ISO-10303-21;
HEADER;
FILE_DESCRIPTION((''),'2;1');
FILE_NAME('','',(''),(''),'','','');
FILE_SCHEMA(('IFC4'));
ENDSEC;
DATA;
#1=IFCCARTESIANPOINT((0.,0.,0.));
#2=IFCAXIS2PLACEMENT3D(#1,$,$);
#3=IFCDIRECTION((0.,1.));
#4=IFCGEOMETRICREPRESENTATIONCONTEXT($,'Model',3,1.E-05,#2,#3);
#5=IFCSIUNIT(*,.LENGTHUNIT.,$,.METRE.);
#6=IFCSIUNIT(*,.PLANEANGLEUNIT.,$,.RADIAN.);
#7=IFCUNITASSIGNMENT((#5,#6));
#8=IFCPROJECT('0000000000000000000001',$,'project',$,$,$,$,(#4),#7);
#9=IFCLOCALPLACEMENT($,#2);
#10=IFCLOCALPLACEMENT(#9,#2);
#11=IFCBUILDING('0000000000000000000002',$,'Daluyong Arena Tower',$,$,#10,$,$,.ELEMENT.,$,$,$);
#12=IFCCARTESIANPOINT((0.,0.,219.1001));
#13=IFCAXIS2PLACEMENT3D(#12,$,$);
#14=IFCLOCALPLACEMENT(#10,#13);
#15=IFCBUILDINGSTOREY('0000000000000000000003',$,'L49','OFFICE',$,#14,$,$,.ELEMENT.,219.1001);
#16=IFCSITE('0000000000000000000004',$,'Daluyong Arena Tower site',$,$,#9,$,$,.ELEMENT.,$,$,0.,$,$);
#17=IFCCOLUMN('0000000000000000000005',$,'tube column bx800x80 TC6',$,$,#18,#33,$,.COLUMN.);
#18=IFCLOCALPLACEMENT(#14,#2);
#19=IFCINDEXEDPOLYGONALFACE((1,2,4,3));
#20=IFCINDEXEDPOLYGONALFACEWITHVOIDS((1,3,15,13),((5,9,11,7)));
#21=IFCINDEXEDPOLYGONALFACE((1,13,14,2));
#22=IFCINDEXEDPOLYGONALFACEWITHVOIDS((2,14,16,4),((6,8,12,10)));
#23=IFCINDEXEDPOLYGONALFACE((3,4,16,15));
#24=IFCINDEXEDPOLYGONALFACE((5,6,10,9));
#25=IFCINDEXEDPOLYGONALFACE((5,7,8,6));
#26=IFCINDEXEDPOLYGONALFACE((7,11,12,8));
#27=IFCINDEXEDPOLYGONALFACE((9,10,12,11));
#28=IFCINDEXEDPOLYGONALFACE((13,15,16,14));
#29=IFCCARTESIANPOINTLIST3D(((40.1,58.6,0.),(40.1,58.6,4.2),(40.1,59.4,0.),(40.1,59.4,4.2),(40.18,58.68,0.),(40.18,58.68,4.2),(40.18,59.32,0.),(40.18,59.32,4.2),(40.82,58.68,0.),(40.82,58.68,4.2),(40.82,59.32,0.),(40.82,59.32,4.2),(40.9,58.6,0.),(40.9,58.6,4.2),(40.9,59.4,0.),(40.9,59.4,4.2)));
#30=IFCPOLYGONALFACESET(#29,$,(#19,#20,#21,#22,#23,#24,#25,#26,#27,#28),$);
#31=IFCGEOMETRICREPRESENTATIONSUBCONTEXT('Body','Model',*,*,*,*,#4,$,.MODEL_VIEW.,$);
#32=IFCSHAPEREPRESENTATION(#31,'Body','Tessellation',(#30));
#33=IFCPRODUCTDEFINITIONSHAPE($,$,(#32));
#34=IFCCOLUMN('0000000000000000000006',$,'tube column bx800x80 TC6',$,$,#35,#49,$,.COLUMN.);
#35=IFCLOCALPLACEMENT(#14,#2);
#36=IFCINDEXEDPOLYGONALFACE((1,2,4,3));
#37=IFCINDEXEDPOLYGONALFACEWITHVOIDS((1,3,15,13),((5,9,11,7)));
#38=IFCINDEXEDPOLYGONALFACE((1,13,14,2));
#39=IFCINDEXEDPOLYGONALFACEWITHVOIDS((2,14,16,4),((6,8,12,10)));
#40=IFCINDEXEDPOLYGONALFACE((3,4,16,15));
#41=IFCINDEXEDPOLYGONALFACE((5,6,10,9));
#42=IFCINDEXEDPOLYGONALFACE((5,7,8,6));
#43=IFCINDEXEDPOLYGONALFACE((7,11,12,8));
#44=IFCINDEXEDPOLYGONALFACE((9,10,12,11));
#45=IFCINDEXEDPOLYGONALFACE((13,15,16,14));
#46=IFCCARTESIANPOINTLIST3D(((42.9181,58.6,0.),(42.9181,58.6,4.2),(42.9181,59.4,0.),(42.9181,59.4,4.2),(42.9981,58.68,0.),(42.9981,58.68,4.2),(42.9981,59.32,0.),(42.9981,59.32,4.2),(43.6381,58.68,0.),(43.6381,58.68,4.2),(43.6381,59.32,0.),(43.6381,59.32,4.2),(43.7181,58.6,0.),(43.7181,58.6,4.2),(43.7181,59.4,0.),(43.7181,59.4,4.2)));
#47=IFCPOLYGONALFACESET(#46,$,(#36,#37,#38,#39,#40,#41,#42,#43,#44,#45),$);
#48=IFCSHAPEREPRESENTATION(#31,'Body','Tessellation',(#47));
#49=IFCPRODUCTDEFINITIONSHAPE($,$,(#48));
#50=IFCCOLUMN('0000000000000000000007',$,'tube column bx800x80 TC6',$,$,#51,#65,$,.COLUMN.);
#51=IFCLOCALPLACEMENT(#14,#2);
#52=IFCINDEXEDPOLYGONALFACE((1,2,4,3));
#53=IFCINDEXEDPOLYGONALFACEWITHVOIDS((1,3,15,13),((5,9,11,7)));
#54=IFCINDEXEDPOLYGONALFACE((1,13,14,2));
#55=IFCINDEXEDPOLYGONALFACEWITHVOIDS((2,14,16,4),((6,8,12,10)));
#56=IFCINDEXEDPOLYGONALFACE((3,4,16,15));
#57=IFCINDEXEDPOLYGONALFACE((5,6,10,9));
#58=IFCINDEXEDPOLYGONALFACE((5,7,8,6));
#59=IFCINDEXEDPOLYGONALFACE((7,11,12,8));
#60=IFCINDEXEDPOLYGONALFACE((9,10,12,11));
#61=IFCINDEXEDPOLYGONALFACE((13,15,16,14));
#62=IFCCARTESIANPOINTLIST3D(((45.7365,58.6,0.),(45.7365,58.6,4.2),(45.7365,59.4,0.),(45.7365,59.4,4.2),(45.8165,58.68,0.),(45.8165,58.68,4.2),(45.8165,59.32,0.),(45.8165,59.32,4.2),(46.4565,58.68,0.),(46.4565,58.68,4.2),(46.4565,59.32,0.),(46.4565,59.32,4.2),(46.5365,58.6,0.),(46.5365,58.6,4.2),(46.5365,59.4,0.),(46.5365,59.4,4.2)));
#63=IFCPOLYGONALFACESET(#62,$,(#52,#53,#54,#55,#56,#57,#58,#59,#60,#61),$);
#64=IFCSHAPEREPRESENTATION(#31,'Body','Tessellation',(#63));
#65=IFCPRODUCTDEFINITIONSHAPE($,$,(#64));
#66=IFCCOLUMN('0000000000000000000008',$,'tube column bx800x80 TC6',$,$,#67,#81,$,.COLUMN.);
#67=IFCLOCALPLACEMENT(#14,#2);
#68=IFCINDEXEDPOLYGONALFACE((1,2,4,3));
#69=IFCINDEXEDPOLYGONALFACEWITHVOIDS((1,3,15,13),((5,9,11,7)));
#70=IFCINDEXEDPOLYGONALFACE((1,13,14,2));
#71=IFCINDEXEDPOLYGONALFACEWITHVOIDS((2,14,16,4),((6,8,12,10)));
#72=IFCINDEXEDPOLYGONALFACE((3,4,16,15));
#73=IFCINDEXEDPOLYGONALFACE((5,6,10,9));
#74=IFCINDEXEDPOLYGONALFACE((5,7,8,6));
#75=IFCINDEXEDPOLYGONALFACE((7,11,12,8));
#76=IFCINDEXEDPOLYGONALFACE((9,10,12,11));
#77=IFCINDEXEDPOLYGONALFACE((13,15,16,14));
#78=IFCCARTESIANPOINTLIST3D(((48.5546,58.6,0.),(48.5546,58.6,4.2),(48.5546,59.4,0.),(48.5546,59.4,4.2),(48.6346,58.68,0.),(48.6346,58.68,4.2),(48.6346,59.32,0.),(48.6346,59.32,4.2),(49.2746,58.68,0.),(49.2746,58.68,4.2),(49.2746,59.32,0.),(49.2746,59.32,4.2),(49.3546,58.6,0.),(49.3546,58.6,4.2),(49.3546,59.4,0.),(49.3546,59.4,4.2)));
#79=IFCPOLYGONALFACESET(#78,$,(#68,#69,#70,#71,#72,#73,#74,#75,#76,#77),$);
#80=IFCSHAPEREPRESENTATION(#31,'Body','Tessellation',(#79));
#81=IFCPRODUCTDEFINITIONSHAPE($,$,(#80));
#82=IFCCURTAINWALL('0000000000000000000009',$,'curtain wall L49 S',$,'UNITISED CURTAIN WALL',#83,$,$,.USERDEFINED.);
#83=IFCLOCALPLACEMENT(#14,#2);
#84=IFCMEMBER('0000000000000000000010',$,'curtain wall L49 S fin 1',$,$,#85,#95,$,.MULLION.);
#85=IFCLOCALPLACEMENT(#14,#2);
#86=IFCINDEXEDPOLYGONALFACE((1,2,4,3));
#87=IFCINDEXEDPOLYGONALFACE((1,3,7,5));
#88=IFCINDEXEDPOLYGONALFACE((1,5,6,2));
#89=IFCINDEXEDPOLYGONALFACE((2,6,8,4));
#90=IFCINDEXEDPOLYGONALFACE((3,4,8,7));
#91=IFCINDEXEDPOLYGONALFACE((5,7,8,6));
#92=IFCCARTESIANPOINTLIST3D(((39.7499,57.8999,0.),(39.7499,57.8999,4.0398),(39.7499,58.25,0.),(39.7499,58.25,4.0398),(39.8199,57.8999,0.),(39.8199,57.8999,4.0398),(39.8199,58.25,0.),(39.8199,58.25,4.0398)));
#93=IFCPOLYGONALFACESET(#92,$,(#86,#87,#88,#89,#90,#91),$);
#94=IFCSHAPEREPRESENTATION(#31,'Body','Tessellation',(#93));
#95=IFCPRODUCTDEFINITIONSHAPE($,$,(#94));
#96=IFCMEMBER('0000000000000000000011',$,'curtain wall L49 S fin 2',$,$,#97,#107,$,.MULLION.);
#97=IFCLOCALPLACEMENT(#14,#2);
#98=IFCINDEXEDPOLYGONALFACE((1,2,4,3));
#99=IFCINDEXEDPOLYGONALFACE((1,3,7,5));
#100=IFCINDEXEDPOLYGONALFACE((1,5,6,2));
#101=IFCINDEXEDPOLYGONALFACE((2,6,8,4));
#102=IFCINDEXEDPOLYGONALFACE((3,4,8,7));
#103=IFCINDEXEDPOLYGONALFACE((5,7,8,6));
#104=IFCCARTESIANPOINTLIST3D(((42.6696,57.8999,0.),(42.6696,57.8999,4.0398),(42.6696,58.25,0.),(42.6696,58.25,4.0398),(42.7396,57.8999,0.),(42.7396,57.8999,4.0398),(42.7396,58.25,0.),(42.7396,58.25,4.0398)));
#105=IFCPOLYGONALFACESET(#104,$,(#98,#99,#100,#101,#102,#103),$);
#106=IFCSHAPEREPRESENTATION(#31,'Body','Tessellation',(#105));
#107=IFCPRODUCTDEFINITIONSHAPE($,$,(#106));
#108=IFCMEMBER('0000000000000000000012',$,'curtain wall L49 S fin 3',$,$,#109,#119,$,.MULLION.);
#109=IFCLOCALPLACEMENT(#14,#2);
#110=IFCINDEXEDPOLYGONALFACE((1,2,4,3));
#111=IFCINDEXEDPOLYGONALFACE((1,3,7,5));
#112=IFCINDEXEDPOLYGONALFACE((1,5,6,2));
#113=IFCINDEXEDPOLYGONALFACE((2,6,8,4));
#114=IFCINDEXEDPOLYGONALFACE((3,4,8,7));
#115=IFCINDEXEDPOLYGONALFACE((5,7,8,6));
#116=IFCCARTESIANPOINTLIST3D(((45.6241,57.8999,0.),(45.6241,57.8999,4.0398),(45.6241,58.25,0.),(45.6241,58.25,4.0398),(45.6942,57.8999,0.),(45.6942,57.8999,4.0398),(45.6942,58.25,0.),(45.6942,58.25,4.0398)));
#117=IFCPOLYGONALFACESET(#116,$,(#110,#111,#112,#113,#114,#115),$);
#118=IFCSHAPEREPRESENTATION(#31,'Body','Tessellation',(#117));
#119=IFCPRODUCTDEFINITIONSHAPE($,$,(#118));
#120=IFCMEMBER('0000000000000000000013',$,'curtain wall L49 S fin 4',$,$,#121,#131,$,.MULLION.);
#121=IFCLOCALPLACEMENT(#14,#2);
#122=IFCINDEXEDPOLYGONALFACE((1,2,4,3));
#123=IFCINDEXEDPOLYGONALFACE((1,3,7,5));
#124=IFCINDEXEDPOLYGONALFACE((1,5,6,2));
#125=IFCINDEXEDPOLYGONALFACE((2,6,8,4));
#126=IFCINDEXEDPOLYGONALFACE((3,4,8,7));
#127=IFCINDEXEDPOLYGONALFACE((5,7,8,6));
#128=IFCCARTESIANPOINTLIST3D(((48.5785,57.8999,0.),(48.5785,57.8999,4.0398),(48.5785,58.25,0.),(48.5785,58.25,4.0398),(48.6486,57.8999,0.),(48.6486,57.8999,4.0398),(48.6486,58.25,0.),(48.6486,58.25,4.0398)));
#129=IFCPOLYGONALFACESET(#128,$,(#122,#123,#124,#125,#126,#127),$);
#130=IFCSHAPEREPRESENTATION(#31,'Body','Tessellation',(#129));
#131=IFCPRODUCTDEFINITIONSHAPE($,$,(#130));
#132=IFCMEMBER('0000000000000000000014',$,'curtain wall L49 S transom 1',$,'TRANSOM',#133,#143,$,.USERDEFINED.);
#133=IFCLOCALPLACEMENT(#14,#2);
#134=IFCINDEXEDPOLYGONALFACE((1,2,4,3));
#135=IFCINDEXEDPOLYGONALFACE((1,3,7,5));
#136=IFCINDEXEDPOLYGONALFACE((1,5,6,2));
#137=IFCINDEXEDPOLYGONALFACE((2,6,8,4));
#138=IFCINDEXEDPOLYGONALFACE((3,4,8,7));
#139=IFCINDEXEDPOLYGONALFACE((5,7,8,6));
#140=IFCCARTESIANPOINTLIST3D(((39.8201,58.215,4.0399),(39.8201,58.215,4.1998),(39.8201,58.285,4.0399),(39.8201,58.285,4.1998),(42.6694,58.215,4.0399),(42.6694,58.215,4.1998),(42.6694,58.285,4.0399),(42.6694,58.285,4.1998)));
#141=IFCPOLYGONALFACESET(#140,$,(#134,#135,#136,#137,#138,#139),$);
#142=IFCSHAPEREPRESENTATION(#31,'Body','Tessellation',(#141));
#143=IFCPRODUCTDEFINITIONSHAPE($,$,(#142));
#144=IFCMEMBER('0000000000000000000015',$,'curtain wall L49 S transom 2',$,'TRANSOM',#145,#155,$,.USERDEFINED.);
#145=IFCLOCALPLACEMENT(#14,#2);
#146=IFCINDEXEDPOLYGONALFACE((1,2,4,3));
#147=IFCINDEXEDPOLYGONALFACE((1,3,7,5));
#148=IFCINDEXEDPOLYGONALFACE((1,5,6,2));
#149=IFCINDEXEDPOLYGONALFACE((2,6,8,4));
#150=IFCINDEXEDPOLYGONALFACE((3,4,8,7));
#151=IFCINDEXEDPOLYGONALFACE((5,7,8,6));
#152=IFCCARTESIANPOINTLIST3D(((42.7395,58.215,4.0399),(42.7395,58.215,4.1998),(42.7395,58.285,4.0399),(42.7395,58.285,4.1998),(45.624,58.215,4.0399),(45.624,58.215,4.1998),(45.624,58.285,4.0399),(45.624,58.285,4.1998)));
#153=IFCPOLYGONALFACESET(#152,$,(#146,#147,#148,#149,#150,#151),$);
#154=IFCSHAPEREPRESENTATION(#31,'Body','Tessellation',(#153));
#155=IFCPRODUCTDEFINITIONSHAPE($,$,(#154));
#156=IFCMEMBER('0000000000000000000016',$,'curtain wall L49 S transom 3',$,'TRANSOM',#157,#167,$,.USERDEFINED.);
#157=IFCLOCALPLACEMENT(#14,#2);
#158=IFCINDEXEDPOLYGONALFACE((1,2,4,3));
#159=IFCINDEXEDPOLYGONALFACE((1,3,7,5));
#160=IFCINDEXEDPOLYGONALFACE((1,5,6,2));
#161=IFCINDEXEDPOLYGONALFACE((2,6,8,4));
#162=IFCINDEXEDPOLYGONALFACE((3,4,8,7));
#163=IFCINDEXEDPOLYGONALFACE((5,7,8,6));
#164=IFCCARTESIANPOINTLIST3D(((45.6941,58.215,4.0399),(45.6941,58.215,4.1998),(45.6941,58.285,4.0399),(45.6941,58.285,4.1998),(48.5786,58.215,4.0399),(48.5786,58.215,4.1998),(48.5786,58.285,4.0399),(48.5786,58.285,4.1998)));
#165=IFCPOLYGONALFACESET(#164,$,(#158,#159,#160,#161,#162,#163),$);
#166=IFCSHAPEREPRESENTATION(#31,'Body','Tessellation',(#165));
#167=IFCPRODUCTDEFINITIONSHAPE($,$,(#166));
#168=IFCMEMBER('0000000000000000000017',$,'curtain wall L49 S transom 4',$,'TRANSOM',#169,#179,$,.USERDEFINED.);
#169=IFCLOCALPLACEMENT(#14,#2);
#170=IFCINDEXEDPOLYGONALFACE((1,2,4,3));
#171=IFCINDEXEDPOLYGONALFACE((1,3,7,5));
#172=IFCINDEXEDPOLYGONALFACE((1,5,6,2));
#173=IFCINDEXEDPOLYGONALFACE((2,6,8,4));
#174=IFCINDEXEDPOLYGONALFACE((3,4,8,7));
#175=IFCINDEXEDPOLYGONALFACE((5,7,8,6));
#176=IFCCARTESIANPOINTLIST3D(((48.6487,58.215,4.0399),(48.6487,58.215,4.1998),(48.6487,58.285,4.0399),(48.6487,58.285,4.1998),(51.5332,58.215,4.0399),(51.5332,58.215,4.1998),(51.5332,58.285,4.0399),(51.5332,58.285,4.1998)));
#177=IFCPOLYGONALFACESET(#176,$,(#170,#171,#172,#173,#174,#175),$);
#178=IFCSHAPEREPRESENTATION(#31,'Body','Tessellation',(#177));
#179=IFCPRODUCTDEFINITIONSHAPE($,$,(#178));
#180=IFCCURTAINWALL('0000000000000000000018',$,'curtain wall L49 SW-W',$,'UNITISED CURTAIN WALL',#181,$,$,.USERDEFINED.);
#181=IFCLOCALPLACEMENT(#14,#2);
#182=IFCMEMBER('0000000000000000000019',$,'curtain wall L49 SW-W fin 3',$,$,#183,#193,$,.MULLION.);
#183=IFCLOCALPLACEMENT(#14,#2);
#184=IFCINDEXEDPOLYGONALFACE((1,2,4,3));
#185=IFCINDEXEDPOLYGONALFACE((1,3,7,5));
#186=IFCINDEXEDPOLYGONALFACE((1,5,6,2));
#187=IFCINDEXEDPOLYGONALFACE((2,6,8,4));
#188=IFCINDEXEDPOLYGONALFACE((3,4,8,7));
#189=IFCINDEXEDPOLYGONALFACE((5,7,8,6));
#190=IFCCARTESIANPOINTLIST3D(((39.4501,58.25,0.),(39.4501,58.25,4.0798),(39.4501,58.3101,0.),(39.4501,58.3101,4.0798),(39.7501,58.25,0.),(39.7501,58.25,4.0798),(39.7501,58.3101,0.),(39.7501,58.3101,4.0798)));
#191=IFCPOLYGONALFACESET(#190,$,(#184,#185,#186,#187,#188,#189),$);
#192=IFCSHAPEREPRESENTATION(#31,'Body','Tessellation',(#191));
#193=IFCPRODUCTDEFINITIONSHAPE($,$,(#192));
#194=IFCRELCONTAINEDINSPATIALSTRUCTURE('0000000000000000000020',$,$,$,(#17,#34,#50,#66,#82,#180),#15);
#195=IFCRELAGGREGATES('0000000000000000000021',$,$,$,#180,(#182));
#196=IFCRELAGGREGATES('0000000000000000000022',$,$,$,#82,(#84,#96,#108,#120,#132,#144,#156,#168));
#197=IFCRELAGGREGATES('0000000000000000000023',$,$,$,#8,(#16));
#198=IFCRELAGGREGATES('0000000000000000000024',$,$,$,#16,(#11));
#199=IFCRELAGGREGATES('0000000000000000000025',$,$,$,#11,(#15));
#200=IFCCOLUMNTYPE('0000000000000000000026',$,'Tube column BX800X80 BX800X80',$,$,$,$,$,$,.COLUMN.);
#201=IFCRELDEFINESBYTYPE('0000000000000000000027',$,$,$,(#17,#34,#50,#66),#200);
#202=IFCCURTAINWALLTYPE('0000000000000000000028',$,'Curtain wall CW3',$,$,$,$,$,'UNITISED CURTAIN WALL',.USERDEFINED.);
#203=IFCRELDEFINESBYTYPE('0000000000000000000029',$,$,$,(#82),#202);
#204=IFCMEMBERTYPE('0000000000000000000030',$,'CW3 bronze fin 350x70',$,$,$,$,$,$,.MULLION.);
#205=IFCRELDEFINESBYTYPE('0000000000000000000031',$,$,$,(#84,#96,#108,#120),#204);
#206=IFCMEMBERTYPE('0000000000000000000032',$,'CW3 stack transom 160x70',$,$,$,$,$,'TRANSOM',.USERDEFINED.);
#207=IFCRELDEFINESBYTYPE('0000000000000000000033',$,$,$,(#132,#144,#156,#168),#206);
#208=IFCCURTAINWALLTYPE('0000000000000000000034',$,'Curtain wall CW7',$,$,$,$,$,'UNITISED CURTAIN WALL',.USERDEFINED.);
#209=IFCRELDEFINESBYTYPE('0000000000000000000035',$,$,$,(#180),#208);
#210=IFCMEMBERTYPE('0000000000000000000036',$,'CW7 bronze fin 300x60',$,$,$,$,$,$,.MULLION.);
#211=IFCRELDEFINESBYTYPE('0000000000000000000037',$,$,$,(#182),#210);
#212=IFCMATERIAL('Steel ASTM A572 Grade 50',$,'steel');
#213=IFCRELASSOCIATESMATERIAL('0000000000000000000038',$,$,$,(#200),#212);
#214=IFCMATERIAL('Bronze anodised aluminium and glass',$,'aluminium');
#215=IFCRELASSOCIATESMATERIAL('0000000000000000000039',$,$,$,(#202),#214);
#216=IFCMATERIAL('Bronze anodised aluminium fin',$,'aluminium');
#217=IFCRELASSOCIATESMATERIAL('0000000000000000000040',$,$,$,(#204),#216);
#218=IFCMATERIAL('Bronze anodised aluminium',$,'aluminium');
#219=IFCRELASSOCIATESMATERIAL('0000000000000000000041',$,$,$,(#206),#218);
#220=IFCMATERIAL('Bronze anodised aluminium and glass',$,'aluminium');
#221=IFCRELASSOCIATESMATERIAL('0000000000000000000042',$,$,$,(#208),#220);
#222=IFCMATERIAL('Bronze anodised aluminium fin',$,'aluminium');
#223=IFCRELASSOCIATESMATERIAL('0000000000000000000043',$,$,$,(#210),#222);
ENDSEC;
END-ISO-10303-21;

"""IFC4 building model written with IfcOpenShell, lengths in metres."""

from ifc_helpers import new_model, si_unit, direction, frame, origin, origin_2d, place, context, subcontext, project, spatial, rectangle, hollow_rectangle, extrude, material, material_profile, profile_set, type_object, element, aggregate, save


model = new_model("IFC4")

# Units and contexts
model_context = context("Model", 3, precision=1e-05, world=origin(), true_north=direction((0.0, 1.0)))
body_context = subcontext(model_context, "Body", "Model", "MODEL_VIEW")
ifc_project = project(units=[si_unit("LENGTHUNIT", "METRE"), si_unit("PLANEANGLEUNIT", "RADIAN")], contexts=[model_context])

# Site, building, storey
site_placement = place(None, origin())
site = spatial("IfcSite", under=ifc_project, at=site_placement, Name="Daluyong Arena Tower site", CompositionType="ELEMENT", RefElevation=0.0)
building_placement = place(site_placement, origin())
building = spatial("IfcBuilding", under=site, at=building_placement, Name="Daluyong Arena Tower", CompositionType="ELEMENT")
storey_placement = place(building_placement, frame((0.0, 0.0, 219.1001)))
storey = spatial("IfcBuildingStorey", under=building, at=storey_placement, Name="L49", Description="OFFICE", CompositionType="ELEMENT", Elevation=219.1001)

# Columns
ifc_material_1 = material(Name="Steel ASTM A572 Grade 50", Category="steel")
ifc_material_profile_1 = material_profile(ifc_material_1, hollow_rectangle(XDim=0.8, YDim=0.8, WallThickness=0.08, at=origin_2d()))
ifc_profile_set_1 = profile_set([ifc_material_profile_1], Name="Steel ASTM A572 Grade 50")
column_type = type_object("IfcColumnType", Name="Tube column BX800X80 BX800X80", PredefinedType="COLUMN", material=ifc_profile_set_1)
for number, where, z_axis, x_axis, name in (
    (1, (40.5, 59.0, 0.0), (0.0, 0.0, 1.0), (1.0, 0.0, 0.0), "tube column bx800x80 TC6"),
    (2, (43.3181, 59.0, 0.0), (0.0, 0.0, 1.0), (1.0, 0.0, 0.0), "tube column bx800x80 TC6"),
    (3, (46.1365, 59.0, 0.0), (0.0, 0.0, 1.0), (1.0, 0.0, 0.0), "tube column bx800x80 TC6"),
    (4, (48.9546, 59.0, 0.0), (0.0, 0.0, 1.0), (1.0, 0.0, 0.0), "tube column bx800x80 TC6"),
):
    element("IfcColumn", number, at=place(storey_placement, frame(where, z_axis=z_axis, x_axis=x_axis)), inside=storey, type_object=column_type, Name=name, PredefinedType="COLUMN", context=body_context, shape_type="SweptSolid", body=[
        extrude(hollow_rectangle(XDim=0.8, YDim=0.8, WallThickness=0.08, at=origin_2d()), origin(), (0.0, 0.0, 1.0), 4.2),
    ])

# Curtain wall, members
ifc_material_2 = material(Name="Bronze anodised aluminium and glass", Category="aluminium")
curtain_wall_type_1 = type_object("IfcCurtainWallType", Name="Curtain wall CW3", ElementType="UNITISED CURTAIN WALL", PredefinedType="USERDEFINED", material=ifc_material_2)
curtain_wall_1_placement = place(storey_placement, origin())
curtain_wall_1 = element("IfcCurtainWall", 5, at=curtain_wall_1_placement, inside=storey, type_object=curtain_wall_type_1, Name="curtain wall L49 S", ObjectType="UNITISED CURTAIN WALL", PredefinedType="USERDEFINED")
ifc_material_3 = material(Name="Bronze anodised aluminium fin", Category="aluminium")
ifc_material_profile_2 = material_profile(ifc_material_3, rectangle(XDim=0.3501, YDim=0.0701, at=origin_2d()))
ifc_profile_set_2 = profile_set([ifc_material_profile_2], Name="Bronze anodised aluminium fin")
member_type_1 = type_object("IfcMemberType", Name="CW3 bronze fin 350x70", PredefinedType="MULLION", material=ifc_profile_set_2)
member_1_placement = place(storey_placement, frame((39.7849, 58.075, 0.0), z_axis=(0.0, 0.0, 1.0), x_axis=(0.0, 1.0, 0.0)))
member_1 = element("IfcMember", 6, at=member_1_placement, type_object=member_type_1, Name="curtain wall L49 S fin 1", PredefinedType="MULLION", context=body_context, shape_type="SweptSolid", body=[
    extrude(rectangle(XDim=0.3501, YDim=0.0701, at=origin_2d()), origin(), (0.0, 0.0, 1.0), 4.0398),
])
member_2_placement = place(storey_placement, frame((42.7046, 58.075, 0.0), z_axis=(0.0, 0.0, 1.0), x_axis=(0.0, 1.0, 0.0)))
member_2 = element("IfcMember", 7, at=member_2_placement, type_object=member_type_1, Name="curtain wall L49 S fin 2", PredefinedType="MULLION", context=body_context, shape_type="SweptSolid", body=[
    extrude(rectangle(XDim=0.3501, YDim=0.0701, at=origin_2d()), origin(), (0.0, 0.0, 1.0), 4.0398),
])
member_3_placement = place(storey_placement, frame((45.6592, 58.075, 0.0), z_axis=(0.0, 0.0, 1.0), x_axis=(0.0, 1.0, 0.0)))
member_3 = element("IfcMember", 8, at=member_3_placement, type_object=member_type_1, Name="curtain wall L49 S fin 3", PredefinedType="MULLION", context=body_context, shape_type="SweptSolid", body=[
    extrude(rectangle(XDim=0.3501, YDim=0.0701, at=origin_2d()), origin(), (0.0, 0.0, 1.0), 4.0398),
])
member_4_placement = place(storey_placement, frame((48.6135, 58.075, 0.0), z_axis=(0.0, 0.0, 1.0), x_axis=(0.0, 1.0, 0.0)))
member_4 = element("IfcMember", 9, at=member_4_placement, type_object=member_type_1, Name="curtain wall L49 S fin 4", PredefinedType="MULLION", context=body_context, shape_type="SweptSolid", body=[
    extrude(rectangle(XDim=0.3501, YDim=0.0701, at=origin_2d()), origin(), (0.0, 0.0, 1.0), 4.0398),
])
ifc_material_4 = material(Name="Bronze anodised aluminium", Category="aluminium")
ifc_material_profile_3 = material_profile(ifc_material_4, rectangle(XDim=0.0701, YDim=0.1599, at=origin_2d()))
ifc_profile_set_3 = profile_set([ifc_material_profile_3], Name="Bronze anodised aluminium")
member_type_2 = type_object("IfcMemberType", Name="CW3 stack transom 160x70", ElementType="TRANSOM", PredefinedType="USERDEFINED", material=ifc_profile_set_3)
member_5_placement = place(storey_placement, frame((39.8201, 58.25, 4.1199), z_axis=(1.0, 0.0, 0.0), x_axis=(0.0, 1.0, 0.0)))
member_5 = element("IfcMember", 10, at=member_5_placement, type_object=member_type_2, Name="curtain wall L49 S transom 1", ObjectType="TRANSOM", PredefinedType="USERDEFINED", context=body_context, shape_type="SweptSolid", body=[
    extrude(rectangle(XDim=0.0701, YDim=0.1599, at=origin_2d()), origin(), (0.0, 0.0, 1.0), 2.8494),
])
member_6_placement = place(storey_placement, frame((42.7395, 58.25, 4.1199), z_axis=(1.0, 0.0, 0.0), x_axis=(0.0, 1.0, 0.0)))
member_6 = element("IfcMember", 11, at=member_6_placement, type_object=member_type_2, Name="curtain wall L49 S transom 2", ObjectType="TRANSOM", PredefinedType="USERDEFINED", context=body_context, shape_type="SweptSolid", body=[
    extrude(rectangle(XDim=0.0701, YDim=0.1599, at=origin_2d()), origin(), (0.0, 0.0, 1.0), 2.8845),
])
member_7_placement = place(storey_placement, frame((45.6941, 58.25, 4.1199), z_axis=(1.0, 0.0, 0.0), x_axis=(0.0, 1.0, 0.0)))
member_7 = element("IfcMember", 12, at=member_7_placement, type_object=member_type_2, Name="curtain wall L49 S transom 3", ObjectType="TRANSOM", PredefinedType="USERDEFINED", context=body_context, shape_type="SweptSolid", body=[
    extrude(rectangle(XDim=0.0701, YDim=0.1599, at=origin_2d()), origin(), (0.0, 0.0, 1.0), 2.8845),
])
member_8_placement = place(storey_placement, frame((48.6487, 58.25, 4.1199), z_axis=(1.0, 0.0, 0.0), x_axis=(0.0, 1.0, 0.0)))
member_8 = element("IfcMember", 13, at=member_8_placement, type_object=member_type_2, Name="curtain wall L49 S transom 4", ObjectType="TRANSOM", PredefinedType="USERDEFINED", context=body_context, shape_type="SweptSolid", body=[
    extrude(rectangle(XDim=0.0701, YDim=0.1599, at=origin_2d()), origin(), (0.0, 0.0, 1.0), 2.8845),
])

# Curtain wall, member
ifc_material_5 = material(Name="Bronze anodised aluminium and glass", Category="aluminium")
curtain_wall_type_2 = type_object("IfcCurtainWallType", Name="Curtain wall CW7", ElementType="UNITISED CURTAIN WALL", PredefinedType="USERDEFINED", material=ifc_material_5)
curtain_wall_2_placement = place(storey_placement, origin())
curtain_wall_2 = element("IfcCurtainWall", 14, at=curtain_wall_2_placement, inside=storey, type_object=curtain_wall_type_2, Name="curtain wall L49 SW-W", ObjectType="UNITISED CURTAIN WALL", PredefinedType="USERDEFINED")
ifc_material_6 = material(Name="Bronze anodised aluminium fin", Category="aluminium")
ifc_material_profile_4 = material_profile(ifc_material_6, rectangle(XDim=0.3, YDim=0.0601, at=origin_2d()))
ifc_profile_set_4 = profile_set([ifc_material_profile_4], Name="Bronze anodised aluminium fin")
member_type_3 = type_object("IfcMemberType", Name="CW7 bronze fin 300x60", PredefinedType="MULLION", material=ifc_profile_set_4)
member_9_placement = place(storey_placement, frame((39.6001, 58.28, 0.0), z_axis=(0.0, 0.0, 1.0), x_axis=(1.0, 0.0, 0.0)))
member_9 = element("IfcMember", 15, at=member_9_placement, type_object=member_type_3, Name="curtain wall L49 SW-W fin 3", PredefinedType="MULLION", context=body_context, shape_type="SweptSolid", body=[
    extrude(rectangle(XDim=0.3, YDim=0.0601, at=origin_2d()), origin(), (0.0, 0.0, 1.0), 4.0798),
])
aggregate(curtain_wall_2, [member_9])

aggregate(curtain_wall_1, [member_1, member_2, member_3, member_4, member_5, member_6, member_7, member_8])

save(model, "model.ifc")
